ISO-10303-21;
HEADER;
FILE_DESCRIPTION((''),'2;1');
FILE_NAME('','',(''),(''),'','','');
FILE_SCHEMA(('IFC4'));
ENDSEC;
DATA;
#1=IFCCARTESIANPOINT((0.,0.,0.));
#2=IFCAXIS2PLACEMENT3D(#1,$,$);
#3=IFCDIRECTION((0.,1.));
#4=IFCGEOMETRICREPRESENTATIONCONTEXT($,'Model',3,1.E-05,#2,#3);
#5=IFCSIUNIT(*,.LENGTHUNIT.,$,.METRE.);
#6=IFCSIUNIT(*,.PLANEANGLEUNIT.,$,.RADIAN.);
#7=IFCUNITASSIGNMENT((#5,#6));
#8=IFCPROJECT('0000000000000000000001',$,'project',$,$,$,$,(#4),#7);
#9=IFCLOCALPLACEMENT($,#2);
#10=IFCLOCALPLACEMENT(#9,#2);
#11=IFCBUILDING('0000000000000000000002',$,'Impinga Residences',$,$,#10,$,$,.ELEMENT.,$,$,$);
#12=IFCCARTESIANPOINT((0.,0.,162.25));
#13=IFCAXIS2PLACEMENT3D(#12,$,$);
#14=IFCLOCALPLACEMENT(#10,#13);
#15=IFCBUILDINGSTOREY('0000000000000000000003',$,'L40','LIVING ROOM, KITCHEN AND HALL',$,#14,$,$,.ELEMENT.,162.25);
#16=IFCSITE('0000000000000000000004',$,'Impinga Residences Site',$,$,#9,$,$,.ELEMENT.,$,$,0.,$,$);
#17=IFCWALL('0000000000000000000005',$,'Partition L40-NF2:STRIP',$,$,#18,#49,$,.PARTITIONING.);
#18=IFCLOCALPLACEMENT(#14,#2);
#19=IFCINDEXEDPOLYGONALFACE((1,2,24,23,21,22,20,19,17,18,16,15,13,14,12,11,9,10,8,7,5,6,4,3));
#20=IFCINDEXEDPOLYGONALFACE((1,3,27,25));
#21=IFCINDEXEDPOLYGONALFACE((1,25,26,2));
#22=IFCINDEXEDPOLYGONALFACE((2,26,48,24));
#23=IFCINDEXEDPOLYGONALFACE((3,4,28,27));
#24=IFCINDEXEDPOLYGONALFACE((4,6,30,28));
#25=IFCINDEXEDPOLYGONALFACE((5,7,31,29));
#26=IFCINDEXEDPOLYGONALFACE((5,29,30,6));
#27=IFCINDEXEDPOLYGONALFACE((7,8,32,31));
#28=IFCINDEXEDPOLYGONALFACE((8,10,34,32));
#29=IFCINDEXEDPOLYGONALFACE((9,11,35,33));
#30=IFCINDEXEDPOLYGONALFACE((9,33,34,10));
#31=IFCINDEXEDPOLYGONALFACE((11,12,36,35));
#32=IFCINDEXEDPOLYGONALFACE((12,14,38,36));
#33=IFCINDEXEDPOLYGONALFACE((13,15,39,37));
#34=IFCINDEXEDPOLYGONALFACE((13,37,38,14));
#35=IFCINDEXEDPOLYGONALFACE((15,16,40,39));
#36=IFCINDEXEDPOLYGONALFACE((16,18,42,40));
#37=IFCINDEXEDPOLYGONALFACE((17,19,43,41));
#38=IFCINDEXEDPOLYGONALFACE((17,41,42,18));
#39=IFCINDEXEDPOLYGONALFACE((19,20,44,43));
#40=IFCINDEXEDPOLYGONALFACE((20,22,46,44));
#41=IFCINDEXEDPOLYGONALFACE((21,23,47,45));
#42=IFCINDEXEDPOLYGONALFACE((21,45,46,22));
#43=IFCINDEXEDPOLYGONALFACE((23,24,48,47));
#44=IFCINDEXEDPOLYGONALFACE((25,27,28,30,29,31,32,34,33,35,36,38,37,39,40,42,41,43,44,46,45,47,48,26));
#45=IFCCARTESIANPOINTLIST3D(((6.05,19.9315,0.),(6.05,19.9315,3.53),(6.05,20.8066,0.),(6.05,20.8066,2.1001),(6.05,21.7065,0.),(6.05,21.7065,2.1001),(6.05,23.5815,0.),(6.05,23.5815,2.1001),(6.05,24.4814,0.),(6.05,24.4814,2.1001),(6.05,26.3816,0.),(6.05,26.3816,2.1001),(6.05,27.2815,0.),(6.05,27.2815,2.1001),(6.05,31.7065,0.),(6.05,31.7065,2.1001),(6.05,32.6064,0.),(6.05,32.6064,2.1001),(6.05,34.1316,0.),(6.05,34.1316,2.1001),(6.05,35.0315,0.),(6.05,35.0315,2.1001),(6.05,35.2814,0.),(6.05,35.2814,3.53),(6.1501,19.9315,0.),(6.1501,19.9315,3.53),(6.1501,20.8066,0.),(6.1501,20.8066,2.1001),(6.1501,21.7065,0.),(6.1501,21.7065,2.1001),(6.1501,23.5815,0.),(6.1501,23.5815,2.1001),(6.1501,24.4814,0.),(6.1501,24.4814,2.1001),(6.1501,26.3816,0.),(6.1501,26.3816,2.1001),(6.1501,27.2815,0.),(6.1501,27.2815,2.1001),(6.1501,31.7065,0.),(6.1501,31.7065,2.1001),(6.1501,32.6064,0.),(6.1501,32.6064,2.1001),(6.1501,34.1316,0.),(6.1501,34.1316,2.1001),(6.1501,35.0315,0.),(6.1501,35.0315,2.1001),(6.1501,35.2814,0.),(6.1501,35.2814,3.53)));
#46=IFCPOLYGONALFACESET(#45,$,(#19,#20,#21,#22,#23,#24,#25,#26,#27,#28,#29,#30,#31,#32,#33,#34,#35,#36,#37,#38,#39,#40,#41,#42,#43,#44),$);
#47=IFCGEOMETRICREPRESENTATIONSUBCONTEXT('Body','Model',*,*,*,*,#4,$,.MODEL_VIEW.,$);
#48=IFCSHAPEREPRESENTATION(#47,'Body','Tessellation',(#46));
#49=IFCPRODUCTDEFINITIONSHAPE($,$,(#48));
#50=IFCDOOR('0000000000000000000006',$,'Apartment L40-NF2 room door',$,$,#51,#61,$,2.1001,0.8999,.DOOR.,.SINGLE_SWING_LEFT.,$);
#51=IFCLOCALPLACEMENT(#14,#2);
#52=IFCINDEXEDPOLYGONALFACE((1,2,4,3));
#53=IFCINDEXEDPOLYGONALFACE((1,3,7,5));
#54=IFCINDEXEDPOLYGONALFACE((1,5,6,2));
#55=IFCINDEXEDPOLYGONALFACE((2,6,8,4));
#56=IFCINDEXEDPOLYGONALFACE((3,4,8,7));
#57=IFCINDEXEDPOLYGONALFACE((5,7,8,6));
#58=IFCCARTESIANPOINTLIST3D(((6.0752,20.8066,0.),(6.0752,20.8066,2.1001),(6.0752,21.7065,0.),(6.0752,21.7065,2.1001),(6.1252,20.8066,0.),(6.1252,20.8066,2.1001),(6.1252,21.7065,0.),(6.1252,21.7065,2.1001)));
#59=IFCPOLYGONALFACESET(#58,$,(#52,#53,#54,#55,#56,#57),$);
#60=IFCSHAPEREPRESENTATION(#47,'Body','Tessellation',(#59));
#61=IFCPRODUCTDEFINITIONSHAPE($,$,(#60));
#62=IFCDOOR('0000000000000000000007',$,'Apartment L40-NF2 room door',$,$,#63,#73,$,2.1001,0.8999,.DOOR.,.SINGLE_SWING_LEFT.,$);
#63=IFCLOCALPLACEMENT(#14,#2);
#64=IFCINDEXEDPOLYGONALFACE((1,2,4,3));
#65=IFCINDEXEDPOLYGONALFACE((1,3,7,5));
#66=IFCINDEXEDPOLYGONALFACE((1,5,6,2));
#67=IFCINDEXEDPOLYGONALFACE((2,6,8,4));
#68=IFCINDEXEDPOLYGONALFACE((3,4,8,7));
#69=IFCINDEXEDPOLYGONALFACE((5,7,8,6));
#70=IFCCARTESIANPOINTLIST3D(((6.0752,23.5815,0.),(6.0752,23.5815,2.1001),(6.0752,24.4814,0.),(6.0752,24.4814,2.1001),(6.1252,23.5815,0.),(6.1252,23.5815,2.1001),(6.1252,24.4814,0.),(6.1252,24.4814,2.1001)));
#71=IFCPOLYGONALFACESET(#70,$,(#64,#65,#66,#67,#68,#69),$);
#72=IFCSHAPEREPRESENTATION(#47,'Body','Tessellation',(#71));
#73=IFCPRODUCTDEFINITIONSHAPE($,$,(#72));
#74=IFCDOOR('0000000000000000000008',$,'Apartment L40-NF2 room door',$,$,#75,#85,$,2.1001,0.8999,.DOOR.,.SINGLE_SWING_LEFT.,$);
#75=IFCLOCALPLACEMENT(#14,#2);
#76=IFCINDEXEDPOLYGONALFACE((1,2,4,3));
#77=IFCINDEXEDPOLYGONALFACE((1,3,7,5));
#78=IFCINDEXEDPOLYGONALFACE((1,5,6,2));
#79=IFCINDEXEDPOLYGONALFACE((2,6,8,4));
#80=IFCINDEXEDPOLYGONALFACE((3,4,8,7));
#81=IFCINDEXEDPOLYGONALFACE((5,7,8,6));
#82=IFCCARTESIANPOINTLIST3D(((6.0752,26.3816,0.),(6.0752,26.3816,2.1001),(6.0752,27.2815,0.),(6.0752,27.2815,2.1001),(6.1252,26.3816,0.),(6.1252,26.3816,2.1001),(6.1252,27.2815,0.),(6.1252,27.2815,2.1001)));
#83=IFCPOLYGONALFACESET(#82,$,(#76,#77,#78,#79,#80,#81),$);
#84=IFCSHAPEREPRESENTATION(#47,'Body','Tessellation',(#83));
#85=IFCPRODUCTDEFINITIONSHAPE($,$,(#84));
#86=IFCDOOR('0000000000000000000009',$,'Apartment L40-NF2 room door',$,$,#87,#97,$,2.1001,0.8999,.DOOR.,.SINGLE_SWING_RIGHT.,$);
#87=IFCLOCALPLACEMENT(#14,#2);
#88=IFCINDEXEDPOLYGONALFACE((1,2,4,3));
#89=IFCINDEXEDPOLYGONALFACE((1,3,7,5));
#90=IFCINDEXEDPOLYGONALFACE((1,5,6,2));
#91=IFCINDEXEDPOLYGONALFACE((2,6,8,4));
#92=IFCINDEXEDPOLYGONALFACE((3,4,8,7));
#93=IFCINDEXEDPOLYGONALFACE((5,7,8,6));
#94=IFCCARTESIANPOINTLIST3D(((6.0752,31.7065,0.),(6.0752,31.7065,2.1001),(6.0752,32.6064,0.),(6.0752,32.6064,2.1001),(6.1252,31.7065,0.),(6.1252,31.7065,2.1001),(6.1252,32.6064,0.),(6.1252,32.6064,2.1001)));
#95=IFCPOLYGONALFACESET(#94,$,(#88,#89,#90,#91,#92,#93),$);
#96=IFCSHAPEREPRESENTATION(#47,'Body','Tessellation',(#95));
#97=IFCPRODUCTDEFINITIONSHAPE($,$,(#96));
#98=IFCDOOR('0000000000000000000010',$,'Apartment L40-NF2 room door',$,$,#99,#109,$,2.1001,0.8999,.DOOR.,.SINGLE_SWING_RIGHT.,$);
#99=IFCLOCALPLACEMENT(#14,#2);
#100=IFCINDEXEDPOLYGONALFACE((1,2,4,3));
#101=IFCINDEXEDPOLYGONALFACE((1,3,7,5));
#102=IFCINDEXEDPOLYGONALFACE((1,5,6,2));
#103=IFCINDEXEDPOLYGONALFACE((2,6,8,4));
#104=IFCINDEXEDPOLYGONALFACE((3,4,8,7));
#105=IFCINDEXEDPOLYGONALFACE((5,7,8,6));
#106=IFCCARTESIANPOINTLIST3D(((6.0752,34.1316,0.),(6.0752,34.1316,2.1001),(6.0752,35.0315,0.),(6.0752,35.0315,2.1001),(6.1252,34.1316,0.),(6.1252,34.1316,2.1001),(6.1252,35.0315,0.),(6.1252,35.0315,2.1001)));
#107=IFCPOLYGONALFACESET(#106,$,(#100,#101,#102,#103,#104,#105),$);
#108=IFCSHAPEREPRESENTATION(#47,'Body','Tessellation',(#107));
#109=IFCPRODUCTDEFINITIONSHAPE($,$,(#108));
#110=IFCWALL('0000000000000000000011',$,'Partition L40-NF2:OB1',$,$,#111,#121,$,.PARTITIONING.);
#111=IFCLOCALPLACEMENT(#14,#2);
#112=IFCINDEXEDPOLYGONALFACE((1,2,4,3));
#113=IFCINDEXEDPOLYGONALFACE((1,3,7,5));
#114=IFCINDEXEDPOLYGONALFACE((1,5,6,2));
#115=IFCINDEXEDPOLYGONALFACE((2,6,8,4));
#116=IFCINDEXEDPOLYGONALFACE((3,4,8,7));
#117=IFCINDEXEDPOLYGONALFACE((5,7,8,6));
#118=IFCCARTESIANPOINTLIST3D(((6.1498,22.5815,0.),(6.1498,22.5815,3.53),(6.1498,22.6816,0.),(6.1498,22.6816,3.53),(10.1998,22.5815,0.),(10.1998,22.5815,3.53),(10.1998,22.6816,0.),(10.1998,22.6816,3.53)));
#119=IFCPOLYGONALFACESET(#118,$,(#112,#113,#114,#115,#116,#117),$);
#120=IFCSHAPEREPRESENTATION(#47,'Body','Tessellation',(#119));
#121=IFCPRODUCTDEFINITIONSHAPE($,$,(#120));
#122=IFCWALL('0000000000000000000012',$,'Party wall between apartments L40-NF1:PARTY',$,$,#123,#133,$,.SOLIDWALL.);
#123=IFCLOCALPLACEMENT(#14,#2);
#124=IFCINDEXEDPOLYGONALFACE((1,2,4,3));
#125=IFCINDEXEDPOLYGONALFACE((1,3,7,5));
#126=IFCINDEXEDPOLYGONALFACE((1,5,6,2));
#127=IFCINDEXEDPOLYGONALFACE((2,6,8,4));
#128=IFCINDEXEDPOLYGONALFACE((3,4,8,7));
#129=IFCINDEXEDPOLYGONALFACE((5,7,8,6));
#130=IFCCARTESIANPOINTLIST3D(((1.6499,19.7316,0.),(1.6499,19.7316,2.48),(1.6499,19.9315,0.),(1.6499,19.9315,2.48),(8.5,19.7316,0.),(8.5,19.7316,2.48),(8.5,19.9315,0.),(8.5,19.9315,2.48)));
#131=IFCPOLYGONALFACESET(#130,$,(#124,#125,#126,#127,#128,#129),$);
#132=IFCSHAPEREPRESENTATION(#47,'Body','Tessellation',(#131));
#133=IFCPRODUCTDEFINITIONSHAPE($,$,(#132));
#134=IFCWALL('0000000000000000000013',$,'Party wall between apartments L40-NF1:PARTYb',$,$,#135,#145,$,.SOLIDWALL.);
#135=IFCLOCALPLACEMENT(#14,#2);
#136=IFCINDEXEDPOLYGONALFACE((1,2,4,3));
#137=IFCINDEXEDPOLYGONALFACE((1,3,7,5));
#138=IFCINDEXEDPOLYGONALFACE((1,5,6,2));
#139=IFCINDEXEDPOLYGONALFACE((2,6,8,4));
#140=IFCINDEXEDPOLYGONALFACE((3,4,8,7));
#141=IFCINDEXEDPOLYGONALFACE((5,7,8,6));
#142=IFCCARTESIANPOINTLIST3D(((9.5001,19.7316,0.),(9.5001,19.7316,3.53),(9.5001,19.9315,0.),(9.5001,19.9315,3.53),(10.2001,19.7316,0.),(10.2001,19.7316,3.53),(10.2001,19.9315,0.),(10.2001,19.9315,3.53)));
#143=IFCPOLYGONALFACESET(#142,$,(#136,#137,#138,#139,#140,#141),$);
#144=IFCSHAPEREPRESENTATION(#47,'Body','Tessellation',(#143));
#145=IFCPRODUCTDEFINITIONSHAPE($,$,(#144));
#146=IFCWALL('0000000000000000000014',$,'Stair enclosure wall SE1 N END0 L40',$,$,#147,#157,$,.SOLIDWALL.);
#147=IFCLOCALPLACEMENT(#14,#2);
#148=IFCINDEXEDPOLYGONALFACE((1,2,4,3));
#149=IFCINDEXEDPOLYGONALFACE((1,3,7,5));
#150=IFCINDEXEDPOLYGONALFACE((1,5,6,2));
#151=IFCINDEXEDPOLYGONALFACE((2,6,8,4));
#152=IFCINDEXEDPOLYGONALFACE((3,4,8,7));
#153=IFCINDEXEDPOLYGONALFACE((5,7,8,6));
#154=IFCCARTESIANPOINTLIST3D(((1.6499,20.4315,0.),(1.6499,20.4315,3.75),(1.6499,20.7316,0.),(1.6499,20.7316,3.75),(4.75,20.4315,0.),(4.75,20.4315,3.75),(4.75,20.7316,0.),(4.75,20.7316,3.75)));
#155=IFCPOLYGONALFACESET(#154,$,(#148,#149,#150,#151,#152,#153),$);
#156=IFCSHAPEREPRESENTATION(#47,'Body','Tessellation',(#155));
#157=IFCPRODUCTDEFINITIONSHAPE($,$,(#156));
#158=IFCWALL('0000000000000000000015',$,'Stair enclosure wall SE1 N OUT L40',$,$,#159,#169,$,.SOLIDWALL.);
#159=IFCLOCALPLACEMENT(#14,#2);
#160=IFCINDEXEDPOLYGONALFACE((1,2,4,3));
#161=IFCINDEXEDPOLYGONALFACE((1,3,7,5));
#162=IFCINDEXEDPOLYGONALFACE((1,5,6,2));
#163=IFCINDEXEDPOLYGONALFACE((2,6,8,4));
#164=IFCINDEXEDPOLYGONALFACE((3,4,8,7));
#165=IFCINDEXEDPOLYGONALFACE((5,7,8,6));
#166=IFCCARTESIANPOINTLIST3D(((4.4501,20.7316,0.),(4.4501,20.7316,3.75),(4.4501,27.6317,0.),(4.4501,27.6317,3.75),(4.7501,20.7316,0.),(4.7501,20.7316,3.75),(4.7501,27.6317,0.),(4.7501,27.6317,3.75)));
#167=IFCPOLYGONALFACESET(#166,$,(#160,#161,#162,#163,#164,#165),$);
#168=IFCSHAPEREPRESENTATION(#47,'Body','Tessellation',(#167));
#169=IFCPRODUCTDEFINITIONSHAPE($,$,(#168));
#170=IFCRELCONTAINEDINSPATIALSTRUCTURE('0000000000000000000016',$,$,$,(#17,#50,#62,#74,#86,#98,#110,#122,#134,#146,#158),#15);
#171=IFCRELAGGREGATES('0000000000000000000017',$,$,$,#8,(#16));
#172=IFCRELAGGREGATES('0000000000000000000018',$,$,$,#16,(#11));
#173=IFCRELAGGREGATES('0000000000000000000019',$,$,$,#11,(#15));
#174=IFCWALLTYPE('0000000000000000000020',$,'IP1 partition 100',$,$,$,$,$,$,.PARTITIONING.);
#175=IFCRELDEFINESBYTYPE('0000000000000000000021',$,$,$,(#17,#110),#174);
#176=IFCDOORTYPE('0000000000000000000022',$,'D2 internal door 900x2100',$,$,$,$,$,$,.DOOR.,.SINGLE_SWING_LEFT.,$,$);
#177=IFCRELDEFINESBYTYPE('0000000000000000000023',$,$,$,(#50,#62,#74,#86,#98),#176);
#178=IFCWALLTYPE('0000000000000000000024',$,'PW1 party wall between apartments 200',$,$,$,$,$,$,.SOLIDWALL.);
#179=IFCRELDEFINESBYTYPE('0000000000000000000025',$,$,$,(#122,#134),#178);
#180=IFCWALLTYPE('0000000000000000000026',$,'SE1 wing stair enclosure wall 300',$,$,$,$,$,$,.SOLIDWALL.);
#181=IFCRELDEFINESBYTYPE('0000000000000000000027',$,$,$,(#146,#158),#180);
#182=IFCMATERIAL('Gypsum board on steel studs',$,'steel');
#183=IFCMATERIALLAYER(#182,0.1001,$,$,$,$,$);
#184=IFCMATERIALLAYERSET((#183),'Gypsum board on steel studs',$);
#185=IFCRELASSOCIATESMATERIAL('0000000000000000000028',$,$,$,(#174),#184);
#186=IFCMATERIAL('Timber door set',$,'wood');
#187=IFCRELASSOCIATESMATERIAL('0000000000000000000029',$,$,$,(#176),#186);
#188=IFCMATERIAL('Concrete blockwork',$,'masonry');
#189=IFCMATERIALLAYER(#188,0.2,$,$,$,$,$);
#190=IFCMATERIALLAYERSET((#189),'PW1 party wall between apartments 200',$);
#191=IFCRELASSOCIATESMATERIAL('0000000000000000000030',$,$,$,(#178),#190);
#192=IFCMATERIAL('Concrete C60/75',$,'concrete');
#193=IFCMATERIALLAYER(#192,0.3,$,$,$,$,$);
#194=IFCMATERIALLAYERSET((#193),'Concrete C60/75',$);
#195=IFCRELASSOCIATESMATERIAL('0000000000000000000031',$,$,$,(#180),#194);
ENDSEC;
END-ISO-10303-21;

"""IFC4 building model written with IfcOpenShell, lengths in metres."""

from ifc_helpers import new_model, si_unit, direction, frame, frame_2d, origin, place, context, subcontext, project, spatial, rectangle, extrude, material, layer, layer_set, type_object, element, fill, save


model = new_model("IFC4")

# Units and contexts
model_context = context("Model", 3, precision=1e-05, world=origin(), true_north=direction((0.0, 1.0)))
body_context = subcontext(model_context, "Body", "Model", "MODEL_VIEW")
ifc_project = project(units=[si_unit("LENGTHUNIT", "METRE"), si_unit("PLANEANGLEUNIT", "RADIAN")], contexts=[model_context])

# Site, building, storey
site_placement = place(None, origin())
site = spatial("IfcSite", under=ifc_project, at=site_placement, Name="Impinga Residences Site", CompositionType="ELEMENT", RefElevation=0.0)
building_placement = place(site_placement, origin())
building = spatial("IfcBuilding", under=site, at=building_placement, Name="Impinga Residences", CompositionType="ELEMENT")
storey_placement = place(building_placement, frame((0.0, 0.0, 162.25)))
storey = spatial("IfcBuildingStorey", under=building, at=storey_placement, Name="L40", Description="LIVING ROOM, KITCHEN AND HALL", CompositionType="ELEMENT", Elevation=162.25)

# Shared definitions
ifc_material_1 = material(Name="Concrete C60/75", Category="concrete")

# Shared definitions
ifc_material_2 = material(Name="Gypsum board on steel studs", Category="steel")
ifc_layer_1 = layer(ifc_material_2, 0.1001)
ifc_layer_set_1 = layer_set([ifc_layer_1], Name="Gypsum board on steel studs")
wall_type_1 = type_object("IfcWallType", Name="IP1 partition 100", PredefinedType="PARTITIONING", material=ifc_layer_set_1)

# Shared definitions
ifc_material_3 = material(Name="Timber door set", Category="wood")
door_type = type_object("IfcDoorType", Name="D2 internal door 900x2100", OperationType="SINGLE_SWING_LEFT", PredefinedType="DOOR", material=ifc_material_3)

# Wall, openings, doors
wall_1_placement = place(storey_placement, frame((6.1001, 19.9316, 0.0), z_axis=(0.0, 0.0, 1.0), x_axis=(0.0, 1.0, 0.0)))
wall_1 = element("IfcWall", 1, at=wall_1_placement, inside=storey, type_object=wall_type_1, Name="Partition L40-NF2:STRIP", PredefinedType="PARTITIONING", context=body_context, shape_type="SweptSolid", body=[
    extrude(rectangle(XDim=15.3499, YDim=0.1001, at=frame_2d((7.6748, 0.0))), origin(), (0.0, 0.0, 1.0), 3.53),
])
opening_1_placement = place(wall_1_placement, frame((0.875, 0.0, 0.0)))
opening_1 = element("IfcOpeningElement", 2, at=opening_1_placement, cuts=wall_1, PredefinedType="OPENING", context=body_context, shape_type="SweptSolid", body=[
    extrude(rectangle(XDim=0.8999, YDim=2.1001, at=frame_2d((0.45, 1.05))), frame((0.0, 0.0601, 0.0), z_axis=(0.0, -1.0, 0.0), x_axis=(1.0, 0.0, 0.0)), (0.0, 0.0, 1.0), 0.1201),
])
opening_2_placement = place(wall_1_placement, frame((3.6499, 0.0, 0.0)))
opening_2 = element("IfcOpeningElement", 3, at=opening_2_placement, cuts=wall_1, PredefinedType="OPENING", context=body_context, shape_type="SweptSolid", body=[
    extrude(rectangle(XDim=0.8999, YDim=2.1001, at=frame_2d((0.45, 1.05))), frame((0.0, 0.0601, 0.0), z_axis=(0.0, -1.0, 0.0), x_axis=(1.0, 0.0, 0.0)), (0.0, 0.0, 1.0), 0.1201),
])
opening_3_placement = place(wall_1_placement, frame((6.45, 0.0, 0.0)))
opening_3 = element("IfcOpeningElement", 4, at=opening_3_placement, cuts=wall_1, PredefinedType="OPENING", context=body_context, shape_type="SweptSolid", body=[
    extrude(rectangle(XDim=0.8999, YDim=2.1001, at=frame_2d((0.45, 1.05))), frame((0.0, 0.0601, 0.0), z_axis=(0.0, -1.0, 0.0), x_axis=(1.0, 0.0, 0.0)), (0.0, 0.0, 1.0), 0.1201),
])
opening_4_placement = place(wall_1_placement, frame((11.7749, 0.0, 0.0)))
opening_4 = element("IfcOpeningElement", 5, at=opening_4_placement, cuts=wall_1, PredefinedType="OPENING", context=body_context, shape_type="SweptSolid", body=[
    extrude(rectangle(XDim=0.8999, YDim=2.1001, at=frame_2d((0.45, 1.05))), frame((0.0, 0.0601, 0.0), z_axis=(0.0, -1.0, 0.0), x_axis=(1.0, 0.0, 0.0)), (0.0, 0.0, 1.0), 0.1201),
])
opening_5_placement = place(wall_1_placement, frame((14.2, 0.0, 0.0)))
opening_5 = element("IfcOpeningElement", 6, at=opening_5_placement, cuts=wall_1, PredefinedType="OPENING", context=body_context, shape_type="SweptSolid", body=[
    extrude(rectangle(XDim=0.8999, YDim=2.1001, at=frame_2d((0.45, 1.05))), frame((0.0, 0.0601, 0.0), z_axis=(0.0, -1.0, 0.0), x_axis=(1.0, 0.0, 0.0)), (0.0, 0.0, 1.0), 0.1201),
])
door_1_placement = place(opening_1_placement, origin())
door_1 = element("IfcDoor", 7, at=door_1_placement, inside=storey, type_object=door_type, Name="Apartment L40-NF2 room door", OperationType="SINGLE_SWING_LEFT", OverallHeight=2.1001, OverallWidth=0.8999, PredefinedType="DOOR", context=body_context, shape_type="SweptSolid", body=[
    extrude(rectangle(XDim=0.8999, YDim=2.1001, at=frame_2d((0.45, 1.05))), frame((0.0, 0.0249, 0.0), z_axis=(0.0, -1.0, 0.0), x_axis=(1.0, 0.0, 0.0)), (0.0, 0.0, 1.0), 0.05),
])
fill(opening_1, door_1)
door_2_placement = place(opening_2_placement, origin())
door_2 = element("IfcDoor", 8, at=door_2_placement, inside=storey, type_object=door_type, Name="Apartment L40-NF2 room door", OperationType="SINGLE_SWING_LEFT", OverallHeight=2.1001, OverallWidth=0.8999, PredefinedType="DOOR", context=body_context, shape_type="SweptSolid", body=[
    extrude(rectangle(XDim=0.8999, YDim=2.1001, at=frame_2d((0.45, 1.05))), frame((0.0, 0.0249, 0.0), z_axis=(0.0, -1.0, 0.0), x_axis=(1.0, 0.0, 0.0)), (0.0, 0.0, 1.0), 0.05),
])
fill(opening_2, door_2)
door_3_placement = place(opening_3_placement, origin())
door_3 = element("IfcDoor", 9, at=door_3_placement, inside=storey, type_object=door_type, Name="Apartment L40-NF2 room door", OperationType="SINGLE_SWING_LEFT", OverallHeight=2.1001, OverallWidth=0.8999, PredefinedType="DOOR", context=body_context, shape_type="SweptSolid", body=[
    extrude(rectangle(XDim=0.8999, YDim=2.1001, at=frame_2d((0.45, 1.05))), frame((0.0, 0.0249, 0.0), z_axis=(0.0, -1.0, 0.0), x_axis=(1.0, 0.0, 0.0)), (0.0, 0.0, 1.0), 0.05),
])
fill(opening_3, door_3)
door_4_placement = place(opening_4_placement, origin())
door_4 = element("IfcDoor", 10, at=door_4_placement, inside=storey, type_object=door_type, Name="Apartment L40-NF2 room door", OperationType="SINGLE_SWING_RIGHT", OverallHeight=2.1001, OverallWidth=0.8999, PredefinedType="DOOR", context=body_context, shape_type="SweptSolid", body=[
    extrude(rectangle(XDim=0.8999, YDim=2.1001, at=frame_2d((0.45, 1.05))), frame((0.0, 0.0249, 0.0), z_axis=(0.0, -1.0, 0.0), x_axis=(1.0, 0.0, 0.0)), (0.0, 0.0, 1.0), 0.05),
])
fill(opening_4, door_4)
door_5_placement = place(opening_5_placement, origin())
door_5 = element("IfcDoor", 11, at=door_5_placement, inside=storey, type_object=door_type, Name="Apartment L40-NF2 room door", OperationType="SINGLE_SWING_RIGHT", OverallHeight=2.1001, OverallWidth=0.8999, PredefinedType="DOOR", context=body_context, shape_type="SweptSolid", body=[
    extrude(rectangle(XDim=0.8999, YDim=2.1001, at=frame_2d((0.45, 1.05))), frame((0.0, 0.0249, 0.0), z_axis=(0.0, -1.0, 0.0), x_axis=(1.0, 0.0, 0.0)), (0.0, 0.0, 1.0), 0.05),
])
fill(opening_5, door_5)

# Walls
wall_2_placement = place(storey_placement, frame((6.1499, 22.6316, 0.0), z_axis=(0.0, 0.0, 1.0), x_axis=(1.0, 0.0, 0.0)))
element("IfcWall", 12, at=wall_2_placement, inside=storey, type_object=wall_type_1, Name="Partition L40-NF2:OB1", PredefinedType="PARTITIONING", context=body_context, shape_type="SweptSolid", body=[
    extrude(rectangle(XDim=4.05, YDim=0.1001, at=frame_2d((2.0249, 0.0))), origin(), (0.0, 0.0, 1.0), 3.53),
])
ifc_material_4 = material(Name="Concrete blockwork", Category="masonry")
ifc_layer_2 = layer(ifc_material_4, 0.2)
ifc_layer_set_2 = layer_set([ifc_layer_2], Name="PW1 party wall between apartments 200")
wall_type_2 = type_object("IfcWallType", Name="PW1 party wall between apartments 200", PredefinedType="SOLIDWALL", material=ifc_layer_set_2)
wall_3_placement = place(storey_placement, frame((1.6499, 19.8315, 0.0), z_axis=(0.0, 0.0, 1.0), x_axis=(1.0, 0.0, 0.0)))
element("IfcWall", 13, at=wall_3_placement, inside=storey, type_object=wall_type_2, Name="Party wall between apartments L40-NF1:PARTY", PredefinedType="SOLIDWALL", context=body_context, shape_type="SweptSolid", body=[
    extrude(rectangle(XDim=6.8501, YDim=0.2, at=frame_2d((3.425, 0.0))), origin(), (0.0, 0.0, 1.0), 2.48),
])
wall_4_placement = place(storey_placement, frame((9.5, 19.8315, 0.0), z_axis=(0.0, 0.0, 1.0), x_axis=(1.0, 0.0, 0.0)))
element("IfcWall", 14, at=wall_4_placement, inside=storey, type_object=wall_type_2, Name="Party wall between apartments L40-NF1:PARTYb", PredefinedType="SOLIDWALL", context=body_context, shape_type="SweptSolid", body=[
    extrude(rectangle(XDim=0.7, YDim=0.2, at=frame_2d((0.3501, 0.0))), origin(), (0.0, 0.0, 1.0), 3.53),
])
ifc_layer_3 = layer(ifc_material_1, 0.3)
ifc_layer_set_3 = layer_set([ifc_layer_3], Name="Concrete C60/75")
wall_type_3 = type_object("IfcWallType", Name="SE1 wing stair enclosure wall 300", PredefinedType="SOLIDWALL", material=ifc_layer_set_3)
wall_5_placement = place(storey_placement, frame((1.6499, 20.5815, 0.0), z_axis=(0.0, 0.0, 1.0), x_axis=(1.0, 0.0, 0.0)))
element("IfcWall", 15, at=wall_5_placement, inside=storey, type_object=wall_type_3, Name="Stair enclosure wall SE1 N END0 L40", PredefinedType="SOLIDWALL", context=body_context, shape_type="SweptSolid", body=[
    extrude(rectangle(XDim=3.1001, YDim=0.3, at=frame_2d((1.55, 0.0))), origin(), (0.0, 0.0, 1.0), 3.75),
])
wall_6_placement = place(storey_placement, frame((4.6001, 20.7314, 0.0), z_axis=(0.0, 0.0, 1.0), x_axis=(0.0, 1.0, 0.0)))
element("IfcWall", 16, at=wall_6_placement, inside=storey, type_object=wall_type_3, Name="Stair enclosure wall SE1 N OUT L40", PredefinedType="SOLIDWALL", context=body_context, shape_type="SweptSolid", body=[
    extrude(rectangle(XDim=6.9001, YDim=0.3, at=frame_2d((3.4502, 0.0))), origin(), (0.0, 0.0, 1.0), 3.75),
])

save(model, "model.ifc")
